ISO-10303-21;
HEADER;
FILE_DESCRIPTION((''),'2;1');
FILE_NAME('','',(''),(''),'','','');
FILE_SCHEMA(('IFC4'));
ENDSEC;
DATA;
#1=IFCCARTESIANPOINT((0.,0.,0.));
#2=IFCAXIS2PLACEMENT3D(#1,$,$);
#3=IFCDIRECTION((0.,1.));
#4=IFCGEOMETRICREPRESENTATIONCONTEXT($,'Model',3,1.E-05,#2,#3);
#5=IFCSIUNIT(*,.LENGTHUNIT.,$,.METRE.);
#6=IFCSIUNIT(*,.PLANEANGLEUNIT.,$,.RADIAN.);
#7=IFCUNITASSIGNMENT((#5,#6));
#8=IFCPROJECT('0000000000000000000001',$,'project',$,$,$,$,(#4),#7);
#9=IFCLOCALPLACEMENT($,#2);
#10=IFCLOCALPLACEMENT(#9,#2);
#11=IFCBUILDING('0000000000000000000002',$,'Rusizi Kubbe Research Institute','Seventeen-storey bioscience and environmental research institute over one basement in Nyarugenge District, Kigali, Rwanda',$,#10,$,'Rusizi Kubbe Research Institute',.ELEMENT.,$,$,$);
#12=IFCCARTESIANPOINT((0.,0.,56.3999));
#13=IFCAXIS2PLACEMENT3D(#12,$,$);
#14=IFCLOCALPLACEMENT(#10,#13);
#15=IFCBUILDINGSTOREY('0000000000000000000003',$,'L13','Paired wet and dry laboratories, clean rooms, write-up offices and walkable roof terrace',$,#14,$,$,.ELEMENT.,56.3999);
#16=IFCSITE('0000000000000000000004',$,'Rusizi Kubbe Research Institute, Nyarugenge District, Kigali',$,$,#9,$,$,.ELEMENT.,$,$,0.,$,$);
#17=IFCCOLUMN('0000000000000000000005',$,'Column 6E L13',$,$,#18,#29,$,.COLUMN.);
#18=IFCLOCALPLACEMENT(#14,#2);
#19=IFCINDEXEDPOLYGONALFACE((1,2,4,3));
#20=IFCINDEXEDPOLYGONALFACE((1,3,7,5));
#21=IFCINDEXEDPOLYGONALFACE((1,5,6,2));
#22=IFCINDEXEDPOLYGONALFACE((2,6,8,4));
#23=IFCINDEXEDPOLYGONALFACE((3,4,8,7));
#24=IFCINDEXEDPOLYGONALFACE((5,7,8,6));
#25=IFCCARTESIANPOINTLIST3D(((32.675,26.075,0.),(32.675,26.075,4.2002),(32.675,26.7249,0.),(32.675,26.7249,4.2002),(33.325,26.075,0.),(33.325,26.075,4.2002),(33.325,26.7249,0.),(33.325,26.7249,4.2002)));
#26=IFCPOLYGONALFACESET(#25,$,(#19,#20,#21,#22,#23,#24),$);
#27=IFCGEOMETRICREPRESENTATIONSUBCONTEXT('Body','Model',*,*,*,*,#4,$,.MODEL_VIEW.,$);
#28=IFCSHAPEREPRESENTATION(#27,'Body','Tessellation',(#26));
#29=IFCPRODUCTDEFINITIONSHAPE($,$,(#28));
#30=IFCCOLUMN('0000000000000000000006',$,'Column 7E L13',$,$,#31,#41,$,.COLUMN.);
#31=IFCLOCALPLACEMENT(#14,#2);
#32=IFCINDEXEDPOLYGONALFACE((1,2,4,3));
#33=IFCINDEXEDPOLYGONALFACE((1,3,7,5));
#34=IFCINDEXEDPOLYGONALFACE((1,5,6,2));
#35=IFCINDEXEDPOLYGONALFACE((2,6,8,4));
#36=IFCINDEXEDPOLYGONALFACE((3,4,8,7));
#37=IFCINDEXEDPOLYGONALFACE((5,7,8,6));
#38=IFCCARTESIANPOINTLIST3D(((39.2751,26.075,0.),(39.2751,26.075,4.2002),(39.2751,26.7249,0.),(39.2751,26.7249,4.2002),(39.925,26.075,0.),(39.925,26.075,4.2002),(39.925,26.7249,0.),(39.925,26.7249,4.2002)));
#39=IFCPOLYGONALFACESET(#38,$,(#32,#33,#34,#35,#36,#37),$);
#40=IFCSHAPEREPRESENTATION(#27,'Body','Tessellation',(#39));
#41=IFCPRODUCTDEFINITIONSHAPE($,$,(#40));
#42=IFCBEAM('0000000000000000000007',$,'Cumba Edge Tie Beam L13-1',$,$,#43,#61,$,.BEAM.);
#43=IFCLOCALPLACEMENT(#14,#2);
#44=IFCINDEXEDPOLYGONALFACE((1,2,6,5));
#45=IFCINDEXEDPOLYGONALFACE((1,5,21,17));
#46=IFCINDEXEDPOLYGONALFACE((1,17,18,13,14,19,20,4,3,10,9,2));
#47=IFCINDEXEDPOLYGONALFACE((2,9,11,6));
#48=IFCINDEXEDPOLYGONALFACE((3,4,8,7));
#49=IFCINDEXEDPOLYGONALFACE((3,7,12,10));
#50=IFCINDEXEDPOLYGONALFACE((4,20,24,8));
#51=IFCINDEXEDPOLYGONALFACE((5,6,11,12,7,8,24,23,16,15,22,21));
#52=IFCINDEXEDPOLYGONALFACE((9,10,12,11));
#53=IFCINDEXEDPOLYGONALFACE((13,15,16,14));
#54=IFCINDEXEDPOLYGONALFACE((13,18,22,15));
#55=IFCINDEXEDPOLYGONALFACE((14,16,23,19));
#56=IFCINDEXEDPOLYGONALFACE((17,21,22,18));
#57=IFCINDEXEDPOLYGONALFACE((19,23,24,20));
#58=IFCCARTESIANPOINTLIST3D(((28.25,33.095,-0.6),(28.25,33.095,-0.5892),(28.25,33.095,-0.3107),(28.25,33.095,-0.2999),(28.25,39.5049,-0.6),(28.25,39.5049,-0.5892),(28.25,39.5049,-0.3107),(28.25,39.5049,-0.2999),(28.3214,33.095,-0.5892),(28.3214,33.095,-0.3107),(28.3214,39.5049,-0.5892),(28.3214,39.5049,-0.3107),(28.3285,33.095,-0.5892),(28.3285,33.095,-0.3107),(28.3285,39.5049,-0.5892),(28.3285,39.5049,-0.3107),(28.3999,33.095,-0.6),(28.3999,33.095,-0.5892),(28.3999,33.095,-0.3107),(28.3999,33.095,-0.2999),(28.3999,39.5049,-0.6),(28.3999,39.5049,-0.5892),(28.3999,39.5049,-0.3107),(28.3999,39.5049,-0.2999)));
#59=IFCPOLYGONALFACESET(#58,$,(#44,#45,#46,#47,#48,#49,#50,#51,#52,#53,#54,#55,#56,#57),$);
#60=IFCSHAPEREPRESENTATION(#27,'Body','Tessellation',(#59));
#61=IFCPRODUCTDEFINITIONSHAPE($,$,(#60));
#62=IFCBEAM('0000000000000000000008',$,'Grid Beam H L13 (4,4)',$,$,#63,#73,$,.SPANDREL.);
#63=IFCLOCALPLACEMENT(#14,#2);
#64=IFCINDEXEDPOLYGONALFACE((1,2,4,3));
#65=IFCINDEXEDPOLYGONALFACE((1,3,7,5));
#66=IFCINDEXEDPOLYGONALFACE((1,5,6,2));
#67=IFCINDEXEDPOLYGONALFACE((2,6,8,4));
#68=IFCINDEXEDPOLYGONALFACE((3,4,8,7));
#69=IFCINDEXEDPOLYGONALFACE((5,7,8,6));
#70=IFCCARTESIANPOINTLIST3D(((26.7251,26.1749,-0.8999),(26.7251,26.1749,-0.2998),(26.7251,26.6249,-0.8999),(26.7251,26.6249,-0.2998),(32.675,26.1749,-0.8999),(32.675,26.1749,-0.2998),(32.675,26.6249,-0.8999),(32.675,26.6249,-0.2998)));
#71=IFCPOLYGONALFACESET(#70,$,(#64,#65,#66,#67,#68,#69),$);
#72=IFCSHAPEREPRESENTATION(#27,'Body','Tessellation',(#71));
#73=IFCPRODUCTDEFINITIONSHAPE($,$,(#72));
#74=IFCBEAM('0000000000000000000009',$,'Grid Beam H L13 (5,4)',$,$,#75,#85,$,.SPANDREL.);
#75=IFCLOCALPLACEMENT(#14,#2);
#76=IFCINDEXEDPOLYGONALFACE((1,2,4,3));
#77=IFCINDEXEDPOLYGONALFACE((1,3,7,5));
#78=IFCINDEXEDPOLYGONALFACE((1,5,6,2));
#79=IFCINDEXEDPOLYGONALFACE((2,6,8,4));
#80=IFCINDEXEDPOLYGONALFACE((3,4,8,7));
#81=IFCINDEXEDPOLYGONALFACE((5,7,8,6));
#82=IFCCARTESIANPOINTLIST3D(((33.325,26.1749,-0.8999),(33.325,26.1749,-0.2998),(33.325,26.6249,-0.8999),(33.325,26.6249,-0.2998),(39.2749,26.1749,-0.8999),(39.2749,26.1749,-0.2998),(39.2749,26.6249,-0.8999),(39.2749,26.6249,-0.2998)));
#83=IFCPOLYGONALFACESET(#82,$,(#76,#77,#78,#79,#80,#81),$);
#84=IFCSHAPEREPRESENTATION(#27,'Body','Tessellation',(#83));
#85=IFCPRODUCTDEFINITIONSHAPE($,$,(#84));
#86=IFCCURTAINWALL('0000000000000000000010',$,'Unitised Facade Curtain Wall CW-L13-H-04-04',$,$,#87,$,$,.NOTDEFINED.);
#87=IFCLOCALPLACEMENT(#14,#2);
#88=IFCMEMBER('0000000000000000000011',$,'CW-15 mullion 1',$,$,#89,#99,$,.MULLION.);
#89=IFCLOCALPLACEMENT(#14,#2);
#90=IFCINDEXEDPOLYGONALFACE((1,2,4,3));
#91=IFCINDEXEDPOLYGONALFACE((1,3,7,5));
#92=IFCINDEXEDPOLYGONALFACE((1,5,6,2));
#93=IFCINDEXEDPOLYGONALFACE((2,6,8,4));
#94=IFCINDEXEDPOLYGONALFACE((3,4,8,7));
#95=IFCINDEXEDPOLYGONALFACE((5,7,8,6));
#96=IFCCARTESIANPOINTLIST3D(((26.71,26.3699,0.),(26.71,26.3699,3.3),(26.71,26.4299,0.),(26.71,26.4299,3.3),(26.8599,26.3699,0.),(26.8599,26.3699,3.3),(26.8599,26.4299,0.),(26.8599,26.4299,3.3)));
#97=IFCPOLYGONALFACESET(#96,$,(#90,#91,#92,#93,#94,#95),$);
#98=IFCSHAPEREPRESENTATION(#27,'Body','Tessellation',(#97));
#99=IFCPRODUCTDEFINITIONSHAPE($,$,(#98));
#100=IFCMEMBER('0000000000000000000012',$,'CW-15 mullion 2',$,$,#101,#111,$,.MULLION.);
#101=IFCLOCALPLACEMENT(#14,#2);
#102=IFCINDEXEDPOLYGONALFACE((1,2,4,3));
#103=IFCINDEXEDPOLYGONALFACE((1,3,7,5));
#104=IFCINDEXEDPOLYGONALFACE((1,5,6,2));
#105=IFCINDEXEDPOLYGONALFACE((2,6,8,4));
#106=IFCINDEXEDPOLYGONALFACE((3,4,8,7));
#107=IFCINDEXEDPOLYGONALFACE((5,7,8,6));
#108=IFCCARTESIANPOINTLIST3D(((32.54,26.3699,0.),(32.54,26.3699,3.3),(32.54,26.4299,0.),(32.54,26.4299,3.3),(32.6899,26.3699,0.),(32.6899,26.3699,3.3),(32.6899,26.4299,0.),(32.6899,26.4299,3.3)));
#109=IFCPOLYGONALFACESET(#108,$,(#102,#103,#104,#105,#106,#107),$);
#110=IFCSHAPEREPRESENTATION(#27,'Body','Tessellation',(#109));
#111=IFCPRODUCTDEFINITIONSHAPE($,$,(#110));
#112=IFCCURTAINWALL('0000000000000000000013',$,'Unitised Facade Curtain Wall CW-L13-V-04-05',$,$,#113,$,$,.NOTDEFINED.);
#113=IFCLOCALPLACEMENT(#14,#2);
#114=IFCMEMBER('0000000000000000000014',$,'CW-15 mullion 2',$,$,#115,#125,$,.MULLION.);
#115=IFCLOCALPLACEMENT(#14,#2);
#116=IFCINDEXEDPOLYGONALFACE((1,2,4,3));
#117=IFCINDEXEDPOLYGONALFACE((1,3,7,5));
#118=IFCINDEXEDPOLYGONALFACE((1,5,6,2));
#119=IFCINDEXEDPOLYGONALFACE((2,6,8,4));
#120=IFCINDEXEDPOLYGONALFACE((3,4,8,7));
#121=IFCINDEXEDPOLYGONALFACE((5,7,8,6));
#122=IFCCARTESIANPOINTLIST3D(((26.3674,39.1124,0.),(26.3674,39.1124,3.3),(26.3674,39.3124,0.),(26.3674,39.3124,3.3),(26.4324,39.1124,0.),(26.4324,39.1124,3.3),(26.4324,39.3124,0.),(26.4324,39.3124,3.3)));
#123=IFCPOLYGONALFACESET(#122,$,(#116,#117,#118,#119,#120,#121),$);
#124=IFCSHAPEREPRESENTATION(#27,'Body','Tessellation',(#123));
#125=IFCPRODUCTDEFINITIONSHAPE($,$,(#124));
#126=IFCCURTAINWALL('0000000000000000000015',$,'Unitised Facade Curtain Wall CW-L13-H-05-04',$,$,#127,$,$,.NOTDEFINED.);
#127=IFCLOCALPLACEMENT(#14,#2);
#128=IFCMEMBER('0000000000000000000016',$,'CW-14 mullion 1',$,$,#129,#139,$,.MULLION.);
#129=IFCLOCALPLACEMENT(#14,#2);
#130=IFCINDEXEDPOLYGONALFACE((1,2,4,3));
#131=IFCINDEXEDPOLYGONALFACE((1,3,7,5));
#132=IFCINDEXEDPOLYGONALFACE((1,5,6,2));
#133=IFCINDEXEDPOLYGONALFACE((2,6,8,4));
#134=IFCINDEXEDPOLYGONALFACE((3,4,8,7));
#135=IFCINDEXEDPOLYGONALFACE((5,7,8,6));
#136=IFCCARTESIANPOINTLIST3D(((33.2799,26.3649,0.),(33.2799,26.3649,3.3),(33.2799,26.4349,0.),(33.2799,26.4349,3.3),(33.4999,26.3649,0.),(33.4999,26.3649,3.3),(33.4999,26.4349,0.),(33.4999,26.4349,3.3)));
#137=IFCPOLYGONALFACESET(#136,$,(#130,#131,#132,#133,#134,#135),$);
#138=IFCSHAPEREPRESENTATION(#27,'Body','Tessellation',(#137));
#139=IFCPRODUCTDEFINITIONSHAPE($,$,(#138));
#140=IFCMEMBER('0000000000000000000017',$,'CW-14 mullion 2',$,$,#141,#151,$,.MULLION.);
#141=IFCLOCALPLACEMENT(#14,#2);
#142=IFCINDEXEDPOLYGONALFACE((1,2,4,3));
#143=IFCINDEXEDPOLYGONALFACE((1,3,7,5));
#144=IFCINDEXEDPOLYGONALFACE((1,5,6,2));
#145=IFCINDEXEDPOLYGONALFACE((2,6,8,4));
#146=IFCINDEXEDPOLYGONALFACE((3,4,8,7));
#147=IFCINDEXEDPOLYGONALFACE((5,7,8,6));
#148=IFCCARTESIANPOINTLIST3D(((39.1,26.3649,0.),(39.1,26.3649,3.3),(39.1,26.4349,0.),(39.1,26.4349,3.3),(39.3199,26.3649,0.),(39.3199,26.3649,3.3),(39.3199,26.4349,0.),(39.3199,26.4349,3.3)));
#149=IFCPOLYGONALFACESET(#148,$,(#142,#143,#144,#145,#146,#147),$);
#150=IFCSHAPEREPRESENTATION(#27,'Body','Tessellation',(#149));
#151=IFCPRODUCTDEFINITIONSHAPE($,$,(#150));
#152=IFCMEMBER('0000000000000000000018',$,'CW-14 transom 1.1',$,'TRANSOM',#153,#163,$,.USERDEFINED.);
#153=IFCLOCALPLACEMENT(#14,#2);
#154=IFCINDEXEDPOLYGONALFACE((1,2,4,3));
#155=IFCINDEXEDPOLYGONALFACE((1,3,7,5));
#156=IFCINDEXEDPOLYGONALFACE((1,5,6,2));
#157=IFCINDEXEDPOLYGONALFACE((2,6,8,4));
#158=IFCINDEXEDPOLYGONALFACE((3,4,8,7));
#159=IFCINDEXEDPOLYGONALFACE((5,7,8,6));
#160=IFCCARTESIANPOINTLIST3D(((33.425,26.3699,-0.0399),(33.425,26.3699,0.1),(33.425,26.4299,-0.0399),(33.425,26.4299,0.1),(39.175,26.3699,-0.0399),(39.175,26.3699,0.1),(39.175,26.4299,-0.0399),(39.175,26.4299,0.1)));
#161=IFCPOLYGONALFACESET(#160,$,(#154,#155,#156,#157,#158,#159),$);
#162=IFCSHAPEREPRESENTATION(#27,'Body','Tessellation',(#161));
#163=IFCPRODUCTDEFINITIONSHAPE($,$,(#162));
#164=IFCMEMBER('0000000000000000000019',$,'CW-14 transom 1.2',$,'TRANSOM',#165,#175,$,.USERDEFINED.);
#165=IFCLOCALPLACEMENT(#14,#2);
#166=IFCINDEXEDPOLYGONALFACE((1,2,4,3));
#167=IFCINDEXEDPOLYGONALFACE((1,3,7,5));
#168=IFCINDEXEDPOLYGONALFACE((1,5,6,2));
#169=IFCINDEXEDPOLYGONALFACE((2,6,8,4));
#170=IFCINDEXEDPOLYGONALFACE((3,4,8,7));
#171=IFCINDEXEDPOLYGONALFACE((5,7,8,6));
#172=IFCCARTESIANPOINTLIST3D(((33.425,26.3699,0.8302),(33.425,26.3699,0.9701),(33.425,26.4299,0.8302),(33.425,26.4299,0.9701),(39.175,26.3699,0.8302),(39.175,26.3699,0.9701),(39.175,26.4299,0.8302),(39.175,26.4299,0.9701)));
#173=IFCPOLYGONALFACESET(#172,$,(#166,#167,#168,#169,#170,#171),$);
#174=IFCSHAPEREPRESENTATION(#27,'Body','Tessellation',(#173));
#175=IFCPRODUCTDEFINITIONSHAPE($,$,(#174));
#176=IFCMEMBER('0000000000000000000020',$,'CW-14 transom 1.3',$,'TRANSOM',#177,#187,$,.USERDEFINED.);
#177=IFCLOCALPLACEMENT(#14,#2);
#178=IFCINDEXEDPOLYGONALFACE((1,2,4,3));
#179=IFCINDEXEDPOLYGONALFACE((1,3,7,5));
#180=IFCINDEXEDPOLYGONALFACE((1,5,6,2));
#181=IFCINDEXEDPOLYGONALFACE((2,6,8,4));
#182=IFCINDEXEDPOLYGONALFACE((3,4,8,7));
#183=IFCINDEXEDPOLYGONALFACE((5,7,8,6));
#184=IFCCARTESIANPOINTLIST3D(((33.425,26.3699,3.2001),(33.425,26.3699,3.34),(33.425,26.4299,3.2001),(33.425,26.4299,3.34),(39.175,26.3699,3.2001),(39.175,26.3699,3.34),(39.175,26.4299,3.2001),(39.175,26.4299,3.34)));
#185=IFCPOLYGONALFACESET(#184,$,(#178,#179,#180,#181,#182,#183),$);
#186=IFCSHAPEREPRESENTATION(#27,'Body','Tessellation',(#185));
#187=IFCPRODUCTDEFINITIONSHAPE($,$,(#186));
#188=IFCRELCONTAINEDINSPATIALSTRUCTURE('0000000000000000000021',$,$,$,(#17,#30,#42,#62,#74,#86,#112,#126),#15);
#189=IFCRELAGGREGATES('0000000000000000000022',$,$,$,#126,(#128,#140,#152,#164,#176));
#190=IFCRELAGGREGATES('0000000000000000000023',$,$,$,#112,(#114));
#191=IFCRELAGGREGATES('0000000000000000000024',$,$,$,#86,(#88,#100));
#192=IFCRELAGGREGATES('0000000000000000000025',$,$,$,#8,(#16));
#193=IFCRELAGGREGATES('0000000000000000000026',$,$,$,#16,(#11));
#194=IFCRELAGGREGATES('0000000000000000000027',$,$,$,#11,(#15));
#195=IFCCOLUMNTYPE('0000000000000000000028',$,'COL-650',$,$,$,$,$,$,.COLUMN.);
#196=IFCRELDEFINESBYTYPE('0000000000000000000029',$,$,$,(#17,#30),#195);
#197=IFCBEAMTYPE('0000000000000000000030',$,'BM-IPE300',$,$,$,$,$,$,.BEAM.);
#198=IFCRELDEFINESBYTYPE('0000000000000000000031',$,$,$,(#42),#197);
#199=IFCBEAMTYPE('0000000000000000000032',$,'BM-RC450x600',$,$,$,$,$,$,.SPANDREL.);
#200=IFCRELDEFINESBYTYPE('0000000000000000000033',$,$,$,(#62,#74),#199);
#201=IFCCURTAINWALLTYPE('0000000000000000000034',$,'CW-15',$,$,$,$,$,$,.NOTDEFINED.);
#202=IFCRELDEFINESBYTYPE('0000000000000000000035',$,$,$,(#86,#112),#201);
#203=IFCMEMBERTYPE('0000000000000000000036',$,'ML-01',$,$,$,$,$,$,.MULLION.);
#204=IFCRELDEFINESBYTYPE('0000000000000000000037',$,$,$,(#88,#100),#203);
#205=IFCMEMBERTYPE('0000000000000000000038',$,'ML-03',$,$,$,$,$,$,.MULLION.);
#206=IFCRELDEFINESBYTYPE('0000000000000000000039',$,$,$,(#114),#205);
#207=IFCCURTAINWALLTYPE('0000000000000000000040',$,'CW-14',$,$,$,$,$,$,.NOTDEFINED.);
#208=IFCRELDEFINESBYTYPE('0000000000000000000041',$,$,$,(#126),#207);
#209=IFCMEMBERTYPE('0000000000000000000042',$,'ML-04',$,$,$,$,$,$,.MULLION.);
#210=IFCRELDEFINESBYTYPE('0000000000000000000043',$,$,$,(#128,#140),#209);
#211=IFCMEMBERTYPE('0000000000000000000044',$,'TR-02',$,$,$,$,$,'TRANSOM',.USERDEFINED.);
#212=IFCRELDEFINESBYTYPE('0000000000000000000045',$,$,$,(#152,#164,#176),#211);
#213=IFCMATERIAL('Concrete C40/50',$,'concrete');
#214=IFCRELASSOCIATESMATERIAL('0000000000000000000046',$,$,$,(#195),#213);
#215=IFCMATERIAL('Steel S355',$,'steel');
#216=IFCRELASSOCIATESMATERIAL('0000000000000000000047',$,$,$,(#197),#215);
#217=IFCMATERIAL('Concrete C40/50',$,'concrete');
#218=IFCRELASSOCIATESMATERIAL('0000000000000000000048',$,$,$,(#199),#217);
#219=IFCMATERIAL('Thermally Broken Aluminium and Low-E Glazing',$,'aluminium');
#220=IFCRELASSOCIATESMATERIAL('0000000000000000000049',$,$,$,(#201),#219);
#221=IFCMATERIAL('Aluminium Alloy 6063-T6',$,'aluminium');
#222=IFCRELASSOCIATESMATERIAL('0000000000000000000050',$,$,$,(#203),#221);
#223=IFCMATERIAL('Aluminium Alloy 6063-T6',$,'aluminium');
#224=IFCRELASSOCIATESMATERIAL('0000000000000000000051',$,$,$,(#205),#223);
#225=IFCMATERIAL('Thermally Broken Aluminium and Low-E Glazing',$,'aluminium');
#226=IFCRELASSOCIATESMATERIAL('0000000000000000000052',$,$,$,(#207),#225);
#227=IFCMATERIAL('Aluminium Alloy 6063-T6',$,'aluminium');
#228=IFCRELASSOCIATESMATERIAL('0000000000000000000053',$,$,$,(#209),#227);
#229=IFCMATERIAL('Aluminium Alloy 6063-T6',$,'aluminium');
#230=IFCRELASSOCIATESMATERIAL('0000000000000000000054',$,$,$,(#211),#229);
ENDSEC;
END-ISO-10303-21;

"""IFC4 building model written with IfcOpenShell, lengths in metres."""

from ifc_helpers import new_model, si_unit, direction, frame, origin, origin_2d, place, context, subcontext, project, spatial, rectangle, i_section, extrude, material, material_profile, profile_set, type_object, element, aggregate, save


model = new_model("IFC4")

# Units and contexts
model_context = context("Model", 3, precision=1e-05, world=origin(), true_north=direction((0.0, 1.0)))
body_context = subcontext(model_context, "Body", "Model", "MODEL_VIEW")
ifc_project = project(units=[si_unit("LENGTHUNIT", "METRE"), si_unit("PLANEANGLEUNIT", "RADIAN")], contexts=[model_context])

# Site, building, storey
site_placement = place(None, origin())
site = spatial("IfcSite", under=ifc_project, at=site_placement, Name="Rusizi Kubbe Research Institute, Nyarugenge District, Kigali", CompositionType="ELEMENT", RefElevation=0.0)
building_placement = place(site_placement, origin())
building = spatial("IfcBuilding", under=site, at=building_placement, Name="Rusizi Kubbe Research Institute", Description="Seventeen-storey bioscience and environmental research institute over one basement in Nyarugenge District, Kigali, Rwanda", LongName="Rusizi Kubbe Research Institute", CompositionType="ELEMENT")
storey_placement = place(building_placement, frame((0.0, 0.0, 56.3999)))
storey = spatial("IfcBuildingStorey", under=building, at=storey_placement, Name="L13", Description="Paired wet and dry laboratories, clean rooms, write-up offices and walkable roof terrace", CompositionType="ELEMENT", Elevation=56.3999)

# Columns
ifc_material_1 = material(Name="Concrete C40/50", Category="concrete")
ifc_material_profile_1 = material_profile(ifc_material_1, rectangle(XDim=0.6499, YDim=0.6499, at=origin_2d()), Name="RC650x650")
ifc_profile_set_1 = profile_set([ifc_material_profile_1], Name="Concrete C40/50")
column_type = type_object("IfcColumnType", Name="COL-650", PredefinedType="COLUMN", material=ifc_profile_set_1)
for number, where, z_axis, x_axis, name in (
    (1, (33.0, 26.3999, 0.0), (0.0, 0.0, 1.0), (1.0, 0.0, 0.0), "Column 6E L13"),
    (2, (39.6001, 26.3999, 0.0), (0.0, 0.0, 1.0), (1.0, 0.0, 0.0), "Column 7E L13"),
):
    element("IfcColumn", number, at=place(storey_placement, frame(where, z_axis=z_axis, x_axis=x_axis)), inside=storey, type_object=column_type, Name=name, PredefinedType="COLUMN", context=body_context, shape_type="SweptSolid", body=[
        extrude(rectangle(XDim=0.6499, YDim=0.6499, at=origin_2d()), origin(), (0.0, 0.0, 1.0), 4.2002),
    ])

# Beams
ifc_material_2 = material(Name="Steel S355", Category="steel")
ifc_material_profile_2 = material_profile(ifc_material_2, i_section(OverallWidth=0.1499, OverallDepth=0.3, WebThickness=0.0071, FlangeThickness=0.0107, at=origin_2d()), Name="IPE 300")
ifc_profile_set_2 = profile_set([ifc_material_profile_2], Name="Steel S355")
beam_type_1 = type_object("IfcBeamType", Name="BM-IPE300", PredefinedType="BEAM", material=ifc_profile_set_2)
beam_placement = place(storey_placement, frame((28.325, 33.095, -0.45), z_axis=(0.0, 1.0, 0.0), x_axis=(-1.0, 0.0, 0.0)))
element("IfcBeam", 3, at=beam_placement, inside=storey, type_object=beam_type_1, Name="Cumba Edge Tie Beam L13-1", PredefinedType="BEAM", context=body_context, shape_type="SweptSolid", body=[
    extrude(i_section(OverallWidth=0.1499, OverallDepth=0.3, WebThickness=0.0071, FlangeThickness=0.0107, at=origin_2d()), origin(), (0.0, 0.0, 1.0), 6.4099),
])
ifc_material_3 = material(Name="Concrete C40/50", Category="concrete")
ifc_material_profile_3 = material_profile(ifc_material_3, rectangle(XDim=0.45, YDim=0.6001, at=origin_2d()), Name="RC450x600")
ifc_profile_set_3 = profile_set([ifc_material_profile_3], Name="Concrete C40/50")
beam_type_2 = type_object("IfcBeamType", Name="BM-RC450x600", PredefinedType="SPANDREL", material=ifc_profile_set_3)
for number, where, z_axis, x_axis, name in (
    (4, (26.7251, 26.3999, -0.5999), (1.0, 0.0, 0.0), (0.0, 1.0, 0.0), "Grid Beam H L13 (4,4)"),
    (5, (33.325, 26.3999, -0.5999), (1.0, 0.0, 0.0), (0.0, 1.0, 0.0), "Grid Beam H L13 (5,4)"),
):
    element("IfcBeam", number, at=place(storey_placement, frame(where, z_axis=z_axis, x_axis=x_axis)), inside=storey, type_object=beam_type_2, Name=name, PredefinedType="SPANDREL", context=body_context, shape_type="SweptSolid", body=[
        extrude(rectangle(XDim=0.45, YDim=0.6001, at=origin_2d()), origin(), (0.0, 0.0, 1.0), 5.95),
    ])

# Curtain wall, members
ifc_material_4 = material(Name="Thermally Broken Aluminium and Low-E Glazing", Category="aluminium")
curtain_wall_type_1 = type_object("IfcCurtainWallType", Name="CW-15", PredefinedType="NOTDEFINED", material=ifc_material_4)
curtain_wall_1_placement = place(storey_placement, origin())
curtain_wall_1 = element("IfcCurtainWall", 6, at=curtain_wall_1_placement, inside=storey, type_object=curtain_wall_type_1, Name="Unitised Facade Curtain Wall CW-L13-H-04-04", PredefinedType="NOTDEFINED")
ifc_material_5 = material(Name="Aluminium Alloy 6063-T6", Category="aluminium")
ifc_material_profile_4 = material_profile(ifc_material_5, rectangle(XDim=0.0601, YDim=0.1499, at=origin_2d()), Name="ALU-M 60x150")
ifc_profile_set_4 = profile_set([ifc_material_profile_4], Name="Aluminium Alloy 6063-T6")
member_type_1 = type_object("IfcMemberType", Name="ML-01", PredefinedType="MULLION", material=ifc_profile_set_4)
member_1_placement = place(storey_placement, frame((26.7849, 26.3999, 0.0), z_axis=(0.0, 0.0, 1.0), x_axis=(0.0, 1.0, 0.0)))
member_1 = element("IfcMember", 7, at=member_1_placement, type_object=member_type_1, Name="CW-15 mullion 1", PredefinedType="MULLION", context=body_context, shape_type="SweptSolid", body=[
    extrude(rectangle(XDim=0.0601, YDim=0.1499, at=origin_2d()), origin(), (0.0, 0.0, 1.0), 3.3),
])
member_2_placement = place(storey_placement, frame((32.615, 26.3999, 0.0), z_axis=(0.0, 0.0, 1.0), x_axis=(0.0, 1.0, 0.0)))
member_2 = element("IfcMember", 8, at=member_2_placement, type_object=member_type_1, Name="CW-15 mullion 2", PredefinedType="MULLION", context=body_context, shape_type="SweptSolid", body=[
    extrude(rectangle(XDim=0.0601, YDim=0.1499, at=origin_2d()), origin(), (0.0, 0.0, 1.0), 3.3),
])

# Curtain wall, member
curtain_wall_2_placement = place(storey_placement, origin())
curtain_wall_2 = element("IfcCurtainWall", 9, at=curtain_wall_2_placement, inside=storey, type_object=curtain_wall_type_1, Name="Unitised Facade Curtain Wall CW-L13-V-04-05", PredefinedType="NOTDEFINED")
ifc_material_6 = material(Name="Aluminium Alloy 6063-T6", Category="aluminium")
ifc_material_profile_5 = material_profile(ifc_material_6, rectangle(XDim=0.0649, YDim=0.2, at=origin_2d()), Name="ALU-M 65x200")
ifc_profile_set_5 = profile_set([ifc_material_profile_5], Name="Aluminium Alloy 6063-T6")
member_type_2 = type_object("IfcMemberType", Name="ML-03", PredefinedType="MULLION", material=ifc_profile_set_5)
member_3_placement = place(storey_placement, frame((26.3999, 39.2124, 0.0), z_axis=(0.0, 0.0, 1.0), x_axis=(-1.0, 0.0, 0.0)))
member_3 = element("IfcMember", 10, at=member_3_placement, type_object=member_type_2, Name="CW-15 mullion 2", PredefinedType="MULLION", context=body_context, shape_type="SweptSolid", body=[
    extrude(rectangle(XDim=0.0649, YDim=0.2, at=origin_2d()), origin(), (0.0, 0.0, 1.0), 3.3),
])

# Curtain wall, members
ifc_material_7 = material(Name="Thermally Broken Aluminium and Low-E Glazing", Category="aluminium")
curtain_wall_type_2 = type_object("IfcCurtainWallType", Name="CW-14", PredefinedType="NOTDEFINED", material=ifc_material_7)
curtain_wall_3_placement = place(storey_placement, origin())
curtain_wall_3 = element("IfcCurtainWall", 11, at=curtain_wall_3_placement, inside=storey, type_object=curtain_wall_type_2, Name="Unitised Facade Curtain Wall CW-L13-H-05-04", PredefinedType="NOTDEFINED")
ifc_material_8 = material(Name="Aluminium Alloy 6063-T6", Category="aluminium")
ifc_material_profile_6 = material_profile(ifc_material_8, rectangle(XDim=0.0701, YDim=0.22, at=origin_2d()), Name="ALU-M 70x220")
ifc_profile_set_6 = profile_set([ifc_material_profile_6], Name="Aluminium Alloy 6063-T6")
member_type_3 = type_object("IfcMemberType", Name="ML-04", PredefinedType="MULLION", material=ifc_profile_set_6)
member_4_placement = place(storey_placement, frame((33.3899, 26.3999, 0.0), z_axis=(0.0, 0.0, 1.0), x_axis=(0.0, 1.0, 0.0)))
member_4 = element("IfcMember", 12, at=member_4_placement, type_object=member_type_3, Name="CW-14 mullion 1", PredefinedType="MULLION", context=body_context, shape_type="SweptSolid", body=[
    extrude(rectangle(XDim=0.0701, YDim=0.22, at=origin_2d()), origin(), (0.0, 0.0, 1.0), 3.3),
])
member_5_placement = place(storey_placement, frame((39.21, 26.3999, 0.0), z_axis=(0.0, 0.0, 1.0), x_axis=(0.0, 1.0, 0.0)))
member_5 = element("IfcMember", 13, at=member_5_placement, type_object=member_type_3, Name="CW-14 mullion 2", PredefinedType="MULLION", context=body_context, shape_type="SweptSolid", body=[
    extrude(rectangle(XDim=0.0701, YDim=0.22, at=origin_2d()), origin(), (0.0, 0.0, 1.0), 3.3),
])
ifc_material_9 = material(Name="Aluminium Alloy 6063-T6", Category="aluminium")
ifc_material_profile_7 = material_profile(ifc_material_9, rectangle(XDim=0.0601, YDim=0.1399, at=origin_2d()), Name="ALU-T 60x140")
ifc_profile_set_7 = profile_set([ifc_material_profile_7], Name="Aluminium Alloy 6063-T6")
member_type_4 = type_object("IfcMemberType", Name="TR-02", ElementType="TRANSOM", PredefinedType="USERDEFINED", material=ifc_profile_set_7)
member_6_placement = place(storey_placement, frame((33.425, 26.3999, 0.03), z_axis=(1.0, 0.0, 0.0), x_axis=(0.0, 1.0, 0.0)))
member_6 = element("IfcMember", 14, at=member_6_placement, type_object=member_type_4, Name="CW-14 transom 1.1", ObjectType="TRANSOM", PredefinedType="USERDEFINED", context=body_context, shape_type="SweptSolid", body=[
    extrude(rectangle(XDim=0.0601, YDim=0.1399, at=origin_2d()), origin(), (0.0, 0.0, 1.0), 5.75),
])
member_7_placement = place(storey_placement, frame((33.425, 26.3999, 0.9001), z_axis=(1.0, 0.0, 0.0), x_axis=(0.0, 1.0, 0.0)))
member_7 = element("IfcMember", 15, at=member_7_placement, type_object=member_type_4, Name="CW-14 transom 1.2", ObjectType="TRANSOM", PredefinedType="USERDEFINED", context=body_context, shape_type="SweptSolid", body=[
    extrude(rectangle(XDim=0.0601, YDim=0.1399, at=origin_2d()), origin(), (0.0, 0.0, 1.0), 5.75),
])
member_8_placement = place(storey_placement, frame((33.425, 26.3999, 3.27), z_axis=(1.0, 0.0, 0.0), x_axis=(0.0, 1.0, 0.0)))
member_8 = element("IfcMember", 16, at=member_8_placement, type_object=member_type_4, Name="CW-14 transom 1.3", ObjectType="TRANSOM", PredefinedType="USERDEFINED", context=body_context, shape_type="SweptSolid", body=[
    extrude(rectangle(XDim=0.0601, YDim=0.1399, at=origin_2d()), origin(), (0.0, 0.0, 1.0), 5.75),
])

aggregate(curtain_wall_3, [member_4, member_5, member_6, member_7, member_8])
aggregate(curtain_wall_2, [member_3])
aggregate(curtain_wall_1, [member_1, member_2])

save(model, "model.ifc")
